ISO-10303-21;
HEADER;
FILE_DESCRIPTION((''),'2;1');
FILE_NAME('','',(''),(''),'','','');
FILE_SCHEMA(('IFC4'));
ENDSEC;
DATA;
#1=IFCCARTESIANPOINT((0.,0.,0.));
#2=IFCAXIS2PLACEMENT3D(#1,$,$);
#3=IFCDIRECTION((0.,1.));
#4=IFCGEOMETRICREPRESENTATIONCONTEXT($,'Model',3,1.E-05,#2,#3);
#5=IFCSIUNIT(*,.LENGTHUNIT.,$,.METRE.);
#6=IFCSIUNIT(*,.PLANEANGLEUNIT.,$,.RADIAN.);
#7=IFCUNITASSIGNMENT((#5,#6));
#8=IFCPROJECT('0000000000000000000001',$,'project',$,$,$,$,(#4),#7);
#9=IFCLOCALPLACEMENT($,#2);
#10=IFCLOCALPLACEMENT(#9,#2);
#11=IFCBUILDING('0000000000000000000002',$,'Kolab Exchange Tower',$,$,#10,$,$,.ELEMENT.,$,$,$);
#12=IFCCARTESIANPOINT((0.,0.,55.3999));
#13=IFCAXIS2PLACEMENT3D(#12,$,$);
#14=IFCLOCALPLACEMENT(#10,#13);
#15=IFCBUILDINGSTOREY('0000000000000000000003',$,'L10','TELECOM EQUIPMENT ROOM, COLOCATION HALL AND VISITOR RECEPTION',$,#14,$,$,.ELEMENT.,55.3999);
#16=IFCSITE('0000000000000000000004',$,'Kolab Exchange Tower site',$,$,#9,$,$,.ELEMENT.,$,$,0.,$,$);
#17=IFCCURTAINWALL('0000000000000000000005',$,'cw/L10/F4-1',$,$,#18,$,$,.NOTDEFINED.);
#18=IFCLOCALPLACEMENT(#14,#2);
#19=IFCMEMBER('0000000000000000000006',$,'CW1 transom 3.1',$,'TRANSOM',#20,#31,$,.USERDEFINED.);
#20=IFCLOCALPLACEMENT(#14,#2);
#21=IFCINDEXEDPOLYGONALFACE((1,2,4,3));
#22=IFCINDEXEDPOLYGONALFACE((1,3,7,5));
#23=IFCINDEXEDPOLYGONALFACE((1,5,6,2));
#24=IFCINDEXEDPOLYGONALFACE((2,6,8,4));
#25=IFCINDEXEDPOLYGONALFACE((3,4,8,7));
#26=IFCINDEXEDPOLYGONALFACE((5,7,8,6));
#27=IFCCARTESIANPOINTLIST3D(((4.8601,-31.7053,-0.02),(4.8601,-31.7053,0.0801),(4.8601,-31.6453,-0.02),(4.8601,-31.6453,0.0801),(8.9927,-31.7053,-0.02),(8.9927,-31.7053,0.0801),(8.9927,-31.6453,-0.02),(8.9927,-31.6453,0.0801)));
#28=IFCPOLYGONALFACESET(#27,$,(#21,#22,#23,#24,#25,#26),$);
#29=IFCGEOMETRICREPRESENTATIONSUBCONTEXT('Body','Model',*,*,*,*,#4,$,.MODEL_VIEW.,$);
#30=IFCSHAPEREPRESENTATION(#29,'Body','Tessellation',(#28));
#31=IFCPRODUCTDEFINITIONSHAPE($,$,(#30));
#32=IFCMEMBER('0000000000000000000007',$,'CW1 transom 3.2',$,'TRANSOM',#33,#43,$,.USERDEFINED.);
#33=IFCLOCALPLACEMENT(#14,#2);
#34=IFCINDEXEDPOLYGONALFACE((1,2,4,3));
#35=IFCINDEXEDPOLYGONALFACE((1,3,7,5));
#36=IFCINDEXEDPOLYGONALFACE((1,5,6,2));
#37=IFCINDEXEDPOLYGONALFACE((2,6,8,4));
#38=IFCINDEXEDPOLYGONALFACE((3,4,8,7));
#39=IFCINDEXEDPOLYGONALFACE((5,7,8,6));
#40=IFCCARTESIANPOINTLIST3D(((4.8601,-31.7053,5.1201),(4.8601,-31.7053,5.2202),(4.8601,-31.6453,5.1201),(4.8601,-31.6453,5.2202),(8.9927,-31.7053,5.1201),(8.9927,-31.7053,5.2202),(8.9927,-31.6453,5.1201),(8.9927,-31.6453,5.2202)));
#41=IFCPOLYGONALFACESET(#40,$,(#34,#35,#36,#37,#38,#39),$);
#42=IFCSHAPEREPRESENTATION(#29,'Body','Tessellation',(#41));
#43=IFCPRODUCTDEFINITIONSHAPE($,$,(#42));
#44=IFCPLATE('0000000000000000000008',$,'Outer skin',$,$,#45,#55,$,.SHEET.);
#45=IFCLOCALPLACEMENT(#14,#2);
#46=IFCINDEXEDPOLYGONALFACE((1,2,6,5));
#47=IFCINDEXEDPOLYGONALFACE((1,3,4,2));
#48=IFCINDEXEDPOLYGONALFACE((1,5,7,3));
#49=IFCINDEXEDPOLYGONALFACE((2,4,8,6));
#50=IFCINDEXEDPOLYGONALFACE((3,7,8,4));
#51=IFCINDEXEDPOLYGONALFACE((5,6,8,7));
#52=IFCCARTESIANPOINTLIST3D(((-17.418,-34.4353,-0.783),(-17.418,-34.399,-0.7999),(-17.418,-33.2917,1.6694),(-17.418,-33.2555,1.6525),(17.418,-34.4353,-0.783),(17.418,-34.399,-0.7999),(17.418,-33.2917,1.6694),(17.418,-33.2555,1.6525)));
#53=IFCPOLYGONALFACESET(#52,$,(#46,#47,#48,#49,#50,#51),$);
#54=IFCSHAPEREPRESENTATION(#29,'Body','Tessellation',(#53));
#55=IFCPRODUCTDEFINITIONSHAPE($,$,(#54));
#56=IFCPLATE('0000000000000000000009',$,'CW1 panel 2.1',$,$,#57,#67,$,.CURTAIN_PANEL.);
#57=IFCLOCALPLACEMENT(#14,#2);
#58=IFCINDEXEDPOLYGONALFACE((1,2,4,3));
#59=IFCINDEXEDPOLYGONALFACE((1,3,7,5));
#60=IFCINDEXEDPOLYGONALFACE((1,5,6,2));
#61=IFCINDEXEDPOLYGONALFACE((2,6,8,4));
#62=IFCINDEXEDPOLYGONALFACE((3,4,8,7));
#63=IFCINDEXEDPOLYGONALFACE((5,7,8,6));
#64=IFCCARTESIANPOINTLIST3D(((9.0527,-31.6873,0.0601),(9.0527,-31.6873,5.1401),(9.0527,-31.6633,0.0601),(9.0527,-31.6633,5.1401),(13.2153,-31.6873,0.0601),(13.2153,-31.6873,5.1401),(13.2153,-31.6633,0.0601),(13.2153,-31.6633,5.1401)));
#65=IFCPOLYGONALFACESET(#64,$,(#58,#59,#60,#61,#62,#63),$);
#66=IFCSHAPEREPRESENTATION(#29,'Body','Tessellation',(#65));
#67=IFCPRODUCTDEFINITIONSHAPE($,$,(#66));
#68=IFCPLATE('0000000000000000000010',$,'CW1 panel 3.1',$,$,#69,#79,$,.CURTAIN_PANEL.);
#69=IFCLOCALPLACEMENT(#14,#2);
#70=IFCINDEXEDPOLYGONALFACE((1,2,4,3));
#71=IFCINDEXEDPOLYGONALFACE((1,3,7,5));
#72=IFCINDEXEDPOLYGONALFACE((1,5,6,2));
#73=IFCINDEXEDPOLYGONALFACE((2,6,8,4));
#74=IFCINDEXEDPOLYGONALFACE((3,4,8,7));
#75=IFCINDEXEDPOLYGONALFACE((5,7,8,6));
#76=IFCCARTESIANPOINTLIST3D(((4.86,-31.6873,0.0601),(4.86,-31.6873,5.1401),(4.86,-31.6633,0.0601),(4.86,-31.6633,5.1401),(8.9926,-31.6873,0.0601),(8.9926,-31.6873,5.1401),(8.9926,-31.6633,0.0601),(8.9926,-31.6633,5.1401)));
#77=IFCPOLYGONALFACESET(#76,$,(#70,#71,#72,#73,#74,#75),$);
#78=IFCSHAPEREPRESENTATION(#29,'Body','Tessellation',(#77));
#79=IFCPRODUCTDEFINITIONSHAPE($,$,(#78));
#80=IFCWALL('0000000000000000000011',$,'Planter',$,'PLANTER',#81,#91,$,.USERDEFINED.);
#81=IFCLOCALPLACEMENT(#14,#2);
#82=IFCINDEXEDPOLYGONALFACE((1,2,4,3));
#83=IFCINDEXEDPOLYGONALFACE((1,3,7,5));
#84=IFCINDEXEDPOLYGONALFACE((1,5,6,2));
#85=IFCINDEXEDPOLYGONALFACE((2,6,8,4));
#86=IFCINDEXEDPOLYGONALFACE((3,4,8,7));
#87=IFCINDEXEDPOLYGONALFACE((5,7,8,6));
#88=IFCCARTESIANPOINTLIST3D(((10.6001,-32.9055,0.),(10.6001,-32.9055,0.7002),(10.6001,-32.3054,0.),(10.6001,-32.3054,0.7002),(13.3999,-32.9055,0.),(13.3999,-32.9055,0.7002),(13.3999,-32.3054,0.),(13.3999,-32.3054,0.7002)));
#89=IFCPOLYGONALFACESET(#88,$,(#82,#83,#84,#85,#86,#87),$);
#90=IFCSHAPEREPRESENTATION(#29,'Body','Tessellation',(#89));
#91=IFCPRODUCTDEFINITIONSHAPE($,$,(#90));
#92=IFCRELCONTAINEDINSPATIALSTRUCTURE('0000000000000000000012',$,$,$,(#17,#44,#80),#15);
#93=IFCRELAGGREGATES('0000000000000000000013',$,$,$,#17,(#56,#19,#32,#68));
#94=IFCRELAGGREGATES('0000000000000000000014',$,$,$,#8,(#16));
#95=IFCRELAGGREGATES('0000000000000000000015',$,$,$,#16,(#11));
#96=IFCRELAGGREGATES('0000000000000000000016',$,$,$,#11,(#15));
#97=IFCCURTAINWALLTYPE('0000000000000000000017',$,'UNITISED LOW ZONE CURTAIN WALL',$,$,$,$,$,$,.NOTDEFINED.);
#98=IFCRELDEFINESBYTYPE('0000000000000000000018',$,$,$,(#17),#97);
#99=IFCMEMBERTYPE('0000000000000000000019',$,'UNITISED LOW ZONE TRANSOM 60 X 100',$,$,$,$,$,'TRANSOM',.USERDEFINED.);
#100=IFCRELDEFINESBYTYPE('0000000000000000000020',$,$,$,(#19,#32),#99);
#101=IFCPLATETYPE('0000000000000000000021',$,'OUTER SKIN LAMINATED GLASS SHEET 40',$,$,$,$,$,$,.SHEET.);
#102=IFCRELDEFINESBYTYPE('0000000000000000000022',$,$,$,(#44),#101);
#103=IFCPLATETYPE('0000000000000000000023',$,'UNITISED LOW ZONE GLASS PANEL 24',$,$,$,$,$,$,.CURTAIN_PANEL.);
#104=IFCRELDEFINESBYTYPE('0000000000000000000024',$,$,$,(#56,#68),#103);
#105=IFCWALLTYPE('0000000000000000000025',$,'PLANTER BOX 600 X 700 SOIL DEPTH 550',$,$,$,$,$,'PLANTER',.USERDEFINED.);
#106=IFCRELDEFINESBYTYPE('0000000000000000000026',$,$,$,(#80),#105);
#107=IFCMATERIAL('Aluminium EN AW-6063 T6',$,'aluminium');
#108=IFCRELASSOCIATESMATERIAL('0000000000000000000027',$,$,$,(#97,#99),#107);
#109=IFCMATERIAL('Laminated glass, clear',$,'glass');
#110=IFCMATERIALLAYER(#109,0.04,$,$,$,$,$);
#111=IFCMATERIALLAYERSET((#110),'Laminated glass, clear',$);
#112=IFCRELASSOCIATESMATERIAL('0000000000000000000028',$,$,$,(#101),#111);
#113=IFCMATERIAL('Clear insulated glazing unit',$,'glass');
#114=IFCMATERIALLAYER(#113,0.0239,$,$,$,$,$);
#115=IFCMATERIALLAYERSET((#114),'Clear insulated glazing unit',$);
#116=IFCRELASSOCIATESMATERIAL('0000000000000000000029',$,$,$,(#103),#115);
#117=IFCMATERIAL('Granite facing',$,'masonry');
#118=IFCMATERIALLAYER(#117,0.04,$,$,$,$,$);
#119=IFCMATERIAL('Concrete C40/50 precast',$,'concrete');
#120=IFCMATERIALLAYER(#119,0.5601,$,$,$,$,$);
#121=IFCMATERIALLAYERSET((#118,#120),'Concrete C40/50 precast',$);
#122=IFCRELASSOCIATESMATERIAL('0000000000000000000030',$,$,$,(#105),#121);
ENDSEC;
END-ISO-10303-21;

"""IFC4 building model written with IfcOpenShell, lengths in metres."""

from ifc_helpers import new_model, si_unit, direction, frame, frame_2d, origin, origin_2d, place, context, subcontext, project, spatial, polyline, rectangle, outline, extrude, material, layer, layer_set, material_profile, profile_set, type_object, element, aggregate, save


model = new_model("IFC4")

# Units and contexts
model_context = context("Model", 3, precision=1e-05, world=origin(), true_north=direction((0.0, 1.0)))
body_context = subcontext(model_context, "Body", "Model", "MODEL_VIEW")
ifc_project = project(units=[si_unit("LENGTHUNIT", "METRE"), si_unit("PLANEANGLEUNIT", "RADIAN")], contexts=[model_context])

# Site, building, storey
site_placement = place(None, origin())
site = spatial("IfcSite", under=ifc_project, at=site_placement, Name="Kolab Exchange Tower site", CompositionType="ELEMENT", RefElevation=0.0)
building_placement = place(site_placement, origin())
building = spatial("IfcBuilding", under=site, at=building_placement, Name="Kolab Exchange Tower", CompositionType="ELEMENT")
storey_placement = place(building_placement, frame((0.0, 0.0, 55.3999)))
storey = spatial("IfcBuildingStorey", under=building, at=storey_placement, Name="L10", Description="TELECOM EQUIPMENT ROOM, COLOCATION HALL AND VISITOR RECEPTION", CompositionType="ELEMENT", Elevation=55.3999)

# Curtain wall, members
ifc_material_1 = material(Name="Aluminium EN AW-6063 T6", Category="aluminium")
curtain_wall_type = type_object("IfcCurtainWallType", Name="UNITISED LOW ZONE CURTAIN WALL", PredefinedType="NOTDEFINED", material=ifc_material_1)
curtain_wall_placement = place(storey_placement, origin())
curtain_wall = element("IfcCurtainWall", 1, at=curtain_wall_placement, inside=storey, type_object=curtain_wall_type, Name="cw/L10/F4-1", PredefinedType="NOTDEFINED")
ifc_material_profile_1 = material_profile(ifc_material_1, rectangle(XDim=0.0601, YDim=0.1001, at=origin_2d()), Name="RECT 60X100")
ifc_profile_set_1 = profile_set([ifc_material_profile_1], Name="Aluminium EN AW-6063 T6")
member_type_1 = type_object("IfcMemberType", Name="UNITISED LOW ZONE TRANSOM 60 X 100", ElementType="TRANSOM", PredefinedType="USERDEFINED", material=ifc_profile_set_1)
member_1_placement = place(storey_placement, frame((8.9927, -31.6753, 0.03), z_axis=(-1.0, 0.0, 0.0), x_axis=(0.0, -1.0, 0.0)))
member_1 = element("IfcMember", 2, at=member_1_placement, type_object=member_type_1, Name="CW1 transom 3.1", ObjectType="TRANSOM", PredefinedType="USERDEFINED", context=body_context, shape_type="SweptSolid", body=[
    extrude(rectangle(XDim=0.0601, YDim=0.1001, at=origin_2d()), origin(), (0.0, 0.0, 1.0), 4.1326),
])
member_2_placement = place(storey_placement, frame((8.9927, -31.6753, 5.1702), z_axis=(-1.0, 0.0, 0.0), x_axis=(0.0, -1.0, 0.0)))
member_2 = element("IfcMember", 3, at=member_2_placement, type_object=member_type_1, Name="CW1 transom 3.2", ObjectType="TRANSOM", PredefinedType="USERDEFINED", context=body_context, shape_type="SweptSolid", body=[
    extrude(rectangle(XDim=0.0601, YDim=0.1001, at=origin_2d()), origin(), (0.0, 0.0, 1.0), 4.1326),
])

# Plates
ifc_material_2 = material(Name="Laminated glass, clear", Category="glass")
ifc_layer_1 = layer(ifc_material_2, 0.04)
ifc_layer_set_1 = layer_set([ifc_layer_1], Name="Laminated glass, clear")
plate_type_1 = type_object("IfcPlateType", Name="OUTER SKIN LAMINATED GLASS SHEET 40", PredefinedType="SHEET", material=ifc_layer_set_1)
plate_1_placement = place(storey_placement, frame((17.418, -34.4353, -0.783), z_axis=(0.0, -0.90631, 0.422614), x_axis=(-1.0, 0.0, 0.0)))
element("IfcPlate", 4, at=plate_1_placement, inside=storey, type_object=plate_type_1, Name="Outer skin", PredefinedType="SHEET", context=body_context, shape_type="SweptSolid", body=[
    extrude(outline(polyline([(0.0, 0.0), (34.8359, 0.0), (34.8359, -2.7059), (0.0, -2.7059), (0.0, 0.0)])), origin(), (0.0, 0.0, -1.0), 0.04),
])
ifc_material_3 = material(Name="Clear insulated glazing unit", Category="glass")
ifc_layer_2 = layer(ifc_material_3, 0.0239)
ifc_layer_set_2 = layer_set([ifc_layer_2], Name="Clear insulated glazing unit")
plate_type_2 = type_object("IfcPlateType", Name="UNITISED LOW ZONE GLASS PANEL 24", PredefinedType="CURTAIN_PANEL", material=ifc_layer_set_2)
plate_2_placement = place(storey_placement, frame((11.134, -31.6753, 0.0601), z_axis=(0.0, 0.0, 1.0), x_axis=(-1.0, 0.0, 0.0)))
plate_2 = element("IfcPlate", 5, at=plate_2_placement, type_object=plate_type_2, Name="CW1 panel 2.1", PredefinedType="CURTAIN_PANEL", context=body_context, shape_type="SweptSolid", body=[
    extrude(rectangle(XDim=4.1626, YDim=0.0239, at=origin_2d()), origin(), (0.0, 0.0, 1.0), 5.0801),
])
plate_3_placement = place(storey_placement, frame((6.9263, -31.6753, 0.0601), z_axis=(0.0, 0.0, 1.0), x_axis=(-1.0, 0.0, 0.0)))
plate_3 = element("IfcPlate", 6, at=plate_3_placement, type_object=plate_type_2, Name="CW1 panel 3.1", PredefinedType="CURTAIN_PANEL", context=body_context, shape_type="SweptSolid", body=[
    extrude(rectangle(XDim=4.1326, YDim=0.0239, at=origin_2d()), origin(), (0.0, 0.0, 1.0), 5.0801),
])
aggregate(curtain_wall, [plate_2, member_1, member_2, plate_3])

# Wall
ifc_material_4 = material(Name="Granite facing", Category="masonry")
ifc_layer_3 = layer(ifc_material_4, 0.04)
ifc_material_5 = material(Name="Concrete C40/50 precast", Category="concrete")
ifc_layer_4 = layer(ifc_material_5, 0.5601)
ifc_layer_set_3 = layer_set([ifc_layer_3, ifc_layer_4], Name="Concrete C40/50 precast")
wall_type_1 = type_object("IfcWallType", Name="PLANTER BOX 600 X 700 SOIL DEPTH 550", ElementType="PLANTER", PredefinedType="USERDEFINED", material=ifc_layer_set_3)
wall_1_placement = place(storey_placement, frame((13.3999, -32.6055, 0.0), z_axis=(0.0, 0.0, 1.0), x_axis=(-1.0, 0.0, 0.0)))
element("IfcWall", 7, at=wall_1_placement, inside=storey, type_object=wall_type_1, Name="Planter", ObjectType="PLANTER", PredefinedType="USERDEFINED", context=body_context, shape_type="SweptSolid", body=[
    extrude(rectangle(XDim=2.7998, YDim=0.6001, at=frame_2d((1.3999, 0.0))), origin(), (0.0, 0.0, 1.0), 0.7002),
])

save(model, "model.ifc")
